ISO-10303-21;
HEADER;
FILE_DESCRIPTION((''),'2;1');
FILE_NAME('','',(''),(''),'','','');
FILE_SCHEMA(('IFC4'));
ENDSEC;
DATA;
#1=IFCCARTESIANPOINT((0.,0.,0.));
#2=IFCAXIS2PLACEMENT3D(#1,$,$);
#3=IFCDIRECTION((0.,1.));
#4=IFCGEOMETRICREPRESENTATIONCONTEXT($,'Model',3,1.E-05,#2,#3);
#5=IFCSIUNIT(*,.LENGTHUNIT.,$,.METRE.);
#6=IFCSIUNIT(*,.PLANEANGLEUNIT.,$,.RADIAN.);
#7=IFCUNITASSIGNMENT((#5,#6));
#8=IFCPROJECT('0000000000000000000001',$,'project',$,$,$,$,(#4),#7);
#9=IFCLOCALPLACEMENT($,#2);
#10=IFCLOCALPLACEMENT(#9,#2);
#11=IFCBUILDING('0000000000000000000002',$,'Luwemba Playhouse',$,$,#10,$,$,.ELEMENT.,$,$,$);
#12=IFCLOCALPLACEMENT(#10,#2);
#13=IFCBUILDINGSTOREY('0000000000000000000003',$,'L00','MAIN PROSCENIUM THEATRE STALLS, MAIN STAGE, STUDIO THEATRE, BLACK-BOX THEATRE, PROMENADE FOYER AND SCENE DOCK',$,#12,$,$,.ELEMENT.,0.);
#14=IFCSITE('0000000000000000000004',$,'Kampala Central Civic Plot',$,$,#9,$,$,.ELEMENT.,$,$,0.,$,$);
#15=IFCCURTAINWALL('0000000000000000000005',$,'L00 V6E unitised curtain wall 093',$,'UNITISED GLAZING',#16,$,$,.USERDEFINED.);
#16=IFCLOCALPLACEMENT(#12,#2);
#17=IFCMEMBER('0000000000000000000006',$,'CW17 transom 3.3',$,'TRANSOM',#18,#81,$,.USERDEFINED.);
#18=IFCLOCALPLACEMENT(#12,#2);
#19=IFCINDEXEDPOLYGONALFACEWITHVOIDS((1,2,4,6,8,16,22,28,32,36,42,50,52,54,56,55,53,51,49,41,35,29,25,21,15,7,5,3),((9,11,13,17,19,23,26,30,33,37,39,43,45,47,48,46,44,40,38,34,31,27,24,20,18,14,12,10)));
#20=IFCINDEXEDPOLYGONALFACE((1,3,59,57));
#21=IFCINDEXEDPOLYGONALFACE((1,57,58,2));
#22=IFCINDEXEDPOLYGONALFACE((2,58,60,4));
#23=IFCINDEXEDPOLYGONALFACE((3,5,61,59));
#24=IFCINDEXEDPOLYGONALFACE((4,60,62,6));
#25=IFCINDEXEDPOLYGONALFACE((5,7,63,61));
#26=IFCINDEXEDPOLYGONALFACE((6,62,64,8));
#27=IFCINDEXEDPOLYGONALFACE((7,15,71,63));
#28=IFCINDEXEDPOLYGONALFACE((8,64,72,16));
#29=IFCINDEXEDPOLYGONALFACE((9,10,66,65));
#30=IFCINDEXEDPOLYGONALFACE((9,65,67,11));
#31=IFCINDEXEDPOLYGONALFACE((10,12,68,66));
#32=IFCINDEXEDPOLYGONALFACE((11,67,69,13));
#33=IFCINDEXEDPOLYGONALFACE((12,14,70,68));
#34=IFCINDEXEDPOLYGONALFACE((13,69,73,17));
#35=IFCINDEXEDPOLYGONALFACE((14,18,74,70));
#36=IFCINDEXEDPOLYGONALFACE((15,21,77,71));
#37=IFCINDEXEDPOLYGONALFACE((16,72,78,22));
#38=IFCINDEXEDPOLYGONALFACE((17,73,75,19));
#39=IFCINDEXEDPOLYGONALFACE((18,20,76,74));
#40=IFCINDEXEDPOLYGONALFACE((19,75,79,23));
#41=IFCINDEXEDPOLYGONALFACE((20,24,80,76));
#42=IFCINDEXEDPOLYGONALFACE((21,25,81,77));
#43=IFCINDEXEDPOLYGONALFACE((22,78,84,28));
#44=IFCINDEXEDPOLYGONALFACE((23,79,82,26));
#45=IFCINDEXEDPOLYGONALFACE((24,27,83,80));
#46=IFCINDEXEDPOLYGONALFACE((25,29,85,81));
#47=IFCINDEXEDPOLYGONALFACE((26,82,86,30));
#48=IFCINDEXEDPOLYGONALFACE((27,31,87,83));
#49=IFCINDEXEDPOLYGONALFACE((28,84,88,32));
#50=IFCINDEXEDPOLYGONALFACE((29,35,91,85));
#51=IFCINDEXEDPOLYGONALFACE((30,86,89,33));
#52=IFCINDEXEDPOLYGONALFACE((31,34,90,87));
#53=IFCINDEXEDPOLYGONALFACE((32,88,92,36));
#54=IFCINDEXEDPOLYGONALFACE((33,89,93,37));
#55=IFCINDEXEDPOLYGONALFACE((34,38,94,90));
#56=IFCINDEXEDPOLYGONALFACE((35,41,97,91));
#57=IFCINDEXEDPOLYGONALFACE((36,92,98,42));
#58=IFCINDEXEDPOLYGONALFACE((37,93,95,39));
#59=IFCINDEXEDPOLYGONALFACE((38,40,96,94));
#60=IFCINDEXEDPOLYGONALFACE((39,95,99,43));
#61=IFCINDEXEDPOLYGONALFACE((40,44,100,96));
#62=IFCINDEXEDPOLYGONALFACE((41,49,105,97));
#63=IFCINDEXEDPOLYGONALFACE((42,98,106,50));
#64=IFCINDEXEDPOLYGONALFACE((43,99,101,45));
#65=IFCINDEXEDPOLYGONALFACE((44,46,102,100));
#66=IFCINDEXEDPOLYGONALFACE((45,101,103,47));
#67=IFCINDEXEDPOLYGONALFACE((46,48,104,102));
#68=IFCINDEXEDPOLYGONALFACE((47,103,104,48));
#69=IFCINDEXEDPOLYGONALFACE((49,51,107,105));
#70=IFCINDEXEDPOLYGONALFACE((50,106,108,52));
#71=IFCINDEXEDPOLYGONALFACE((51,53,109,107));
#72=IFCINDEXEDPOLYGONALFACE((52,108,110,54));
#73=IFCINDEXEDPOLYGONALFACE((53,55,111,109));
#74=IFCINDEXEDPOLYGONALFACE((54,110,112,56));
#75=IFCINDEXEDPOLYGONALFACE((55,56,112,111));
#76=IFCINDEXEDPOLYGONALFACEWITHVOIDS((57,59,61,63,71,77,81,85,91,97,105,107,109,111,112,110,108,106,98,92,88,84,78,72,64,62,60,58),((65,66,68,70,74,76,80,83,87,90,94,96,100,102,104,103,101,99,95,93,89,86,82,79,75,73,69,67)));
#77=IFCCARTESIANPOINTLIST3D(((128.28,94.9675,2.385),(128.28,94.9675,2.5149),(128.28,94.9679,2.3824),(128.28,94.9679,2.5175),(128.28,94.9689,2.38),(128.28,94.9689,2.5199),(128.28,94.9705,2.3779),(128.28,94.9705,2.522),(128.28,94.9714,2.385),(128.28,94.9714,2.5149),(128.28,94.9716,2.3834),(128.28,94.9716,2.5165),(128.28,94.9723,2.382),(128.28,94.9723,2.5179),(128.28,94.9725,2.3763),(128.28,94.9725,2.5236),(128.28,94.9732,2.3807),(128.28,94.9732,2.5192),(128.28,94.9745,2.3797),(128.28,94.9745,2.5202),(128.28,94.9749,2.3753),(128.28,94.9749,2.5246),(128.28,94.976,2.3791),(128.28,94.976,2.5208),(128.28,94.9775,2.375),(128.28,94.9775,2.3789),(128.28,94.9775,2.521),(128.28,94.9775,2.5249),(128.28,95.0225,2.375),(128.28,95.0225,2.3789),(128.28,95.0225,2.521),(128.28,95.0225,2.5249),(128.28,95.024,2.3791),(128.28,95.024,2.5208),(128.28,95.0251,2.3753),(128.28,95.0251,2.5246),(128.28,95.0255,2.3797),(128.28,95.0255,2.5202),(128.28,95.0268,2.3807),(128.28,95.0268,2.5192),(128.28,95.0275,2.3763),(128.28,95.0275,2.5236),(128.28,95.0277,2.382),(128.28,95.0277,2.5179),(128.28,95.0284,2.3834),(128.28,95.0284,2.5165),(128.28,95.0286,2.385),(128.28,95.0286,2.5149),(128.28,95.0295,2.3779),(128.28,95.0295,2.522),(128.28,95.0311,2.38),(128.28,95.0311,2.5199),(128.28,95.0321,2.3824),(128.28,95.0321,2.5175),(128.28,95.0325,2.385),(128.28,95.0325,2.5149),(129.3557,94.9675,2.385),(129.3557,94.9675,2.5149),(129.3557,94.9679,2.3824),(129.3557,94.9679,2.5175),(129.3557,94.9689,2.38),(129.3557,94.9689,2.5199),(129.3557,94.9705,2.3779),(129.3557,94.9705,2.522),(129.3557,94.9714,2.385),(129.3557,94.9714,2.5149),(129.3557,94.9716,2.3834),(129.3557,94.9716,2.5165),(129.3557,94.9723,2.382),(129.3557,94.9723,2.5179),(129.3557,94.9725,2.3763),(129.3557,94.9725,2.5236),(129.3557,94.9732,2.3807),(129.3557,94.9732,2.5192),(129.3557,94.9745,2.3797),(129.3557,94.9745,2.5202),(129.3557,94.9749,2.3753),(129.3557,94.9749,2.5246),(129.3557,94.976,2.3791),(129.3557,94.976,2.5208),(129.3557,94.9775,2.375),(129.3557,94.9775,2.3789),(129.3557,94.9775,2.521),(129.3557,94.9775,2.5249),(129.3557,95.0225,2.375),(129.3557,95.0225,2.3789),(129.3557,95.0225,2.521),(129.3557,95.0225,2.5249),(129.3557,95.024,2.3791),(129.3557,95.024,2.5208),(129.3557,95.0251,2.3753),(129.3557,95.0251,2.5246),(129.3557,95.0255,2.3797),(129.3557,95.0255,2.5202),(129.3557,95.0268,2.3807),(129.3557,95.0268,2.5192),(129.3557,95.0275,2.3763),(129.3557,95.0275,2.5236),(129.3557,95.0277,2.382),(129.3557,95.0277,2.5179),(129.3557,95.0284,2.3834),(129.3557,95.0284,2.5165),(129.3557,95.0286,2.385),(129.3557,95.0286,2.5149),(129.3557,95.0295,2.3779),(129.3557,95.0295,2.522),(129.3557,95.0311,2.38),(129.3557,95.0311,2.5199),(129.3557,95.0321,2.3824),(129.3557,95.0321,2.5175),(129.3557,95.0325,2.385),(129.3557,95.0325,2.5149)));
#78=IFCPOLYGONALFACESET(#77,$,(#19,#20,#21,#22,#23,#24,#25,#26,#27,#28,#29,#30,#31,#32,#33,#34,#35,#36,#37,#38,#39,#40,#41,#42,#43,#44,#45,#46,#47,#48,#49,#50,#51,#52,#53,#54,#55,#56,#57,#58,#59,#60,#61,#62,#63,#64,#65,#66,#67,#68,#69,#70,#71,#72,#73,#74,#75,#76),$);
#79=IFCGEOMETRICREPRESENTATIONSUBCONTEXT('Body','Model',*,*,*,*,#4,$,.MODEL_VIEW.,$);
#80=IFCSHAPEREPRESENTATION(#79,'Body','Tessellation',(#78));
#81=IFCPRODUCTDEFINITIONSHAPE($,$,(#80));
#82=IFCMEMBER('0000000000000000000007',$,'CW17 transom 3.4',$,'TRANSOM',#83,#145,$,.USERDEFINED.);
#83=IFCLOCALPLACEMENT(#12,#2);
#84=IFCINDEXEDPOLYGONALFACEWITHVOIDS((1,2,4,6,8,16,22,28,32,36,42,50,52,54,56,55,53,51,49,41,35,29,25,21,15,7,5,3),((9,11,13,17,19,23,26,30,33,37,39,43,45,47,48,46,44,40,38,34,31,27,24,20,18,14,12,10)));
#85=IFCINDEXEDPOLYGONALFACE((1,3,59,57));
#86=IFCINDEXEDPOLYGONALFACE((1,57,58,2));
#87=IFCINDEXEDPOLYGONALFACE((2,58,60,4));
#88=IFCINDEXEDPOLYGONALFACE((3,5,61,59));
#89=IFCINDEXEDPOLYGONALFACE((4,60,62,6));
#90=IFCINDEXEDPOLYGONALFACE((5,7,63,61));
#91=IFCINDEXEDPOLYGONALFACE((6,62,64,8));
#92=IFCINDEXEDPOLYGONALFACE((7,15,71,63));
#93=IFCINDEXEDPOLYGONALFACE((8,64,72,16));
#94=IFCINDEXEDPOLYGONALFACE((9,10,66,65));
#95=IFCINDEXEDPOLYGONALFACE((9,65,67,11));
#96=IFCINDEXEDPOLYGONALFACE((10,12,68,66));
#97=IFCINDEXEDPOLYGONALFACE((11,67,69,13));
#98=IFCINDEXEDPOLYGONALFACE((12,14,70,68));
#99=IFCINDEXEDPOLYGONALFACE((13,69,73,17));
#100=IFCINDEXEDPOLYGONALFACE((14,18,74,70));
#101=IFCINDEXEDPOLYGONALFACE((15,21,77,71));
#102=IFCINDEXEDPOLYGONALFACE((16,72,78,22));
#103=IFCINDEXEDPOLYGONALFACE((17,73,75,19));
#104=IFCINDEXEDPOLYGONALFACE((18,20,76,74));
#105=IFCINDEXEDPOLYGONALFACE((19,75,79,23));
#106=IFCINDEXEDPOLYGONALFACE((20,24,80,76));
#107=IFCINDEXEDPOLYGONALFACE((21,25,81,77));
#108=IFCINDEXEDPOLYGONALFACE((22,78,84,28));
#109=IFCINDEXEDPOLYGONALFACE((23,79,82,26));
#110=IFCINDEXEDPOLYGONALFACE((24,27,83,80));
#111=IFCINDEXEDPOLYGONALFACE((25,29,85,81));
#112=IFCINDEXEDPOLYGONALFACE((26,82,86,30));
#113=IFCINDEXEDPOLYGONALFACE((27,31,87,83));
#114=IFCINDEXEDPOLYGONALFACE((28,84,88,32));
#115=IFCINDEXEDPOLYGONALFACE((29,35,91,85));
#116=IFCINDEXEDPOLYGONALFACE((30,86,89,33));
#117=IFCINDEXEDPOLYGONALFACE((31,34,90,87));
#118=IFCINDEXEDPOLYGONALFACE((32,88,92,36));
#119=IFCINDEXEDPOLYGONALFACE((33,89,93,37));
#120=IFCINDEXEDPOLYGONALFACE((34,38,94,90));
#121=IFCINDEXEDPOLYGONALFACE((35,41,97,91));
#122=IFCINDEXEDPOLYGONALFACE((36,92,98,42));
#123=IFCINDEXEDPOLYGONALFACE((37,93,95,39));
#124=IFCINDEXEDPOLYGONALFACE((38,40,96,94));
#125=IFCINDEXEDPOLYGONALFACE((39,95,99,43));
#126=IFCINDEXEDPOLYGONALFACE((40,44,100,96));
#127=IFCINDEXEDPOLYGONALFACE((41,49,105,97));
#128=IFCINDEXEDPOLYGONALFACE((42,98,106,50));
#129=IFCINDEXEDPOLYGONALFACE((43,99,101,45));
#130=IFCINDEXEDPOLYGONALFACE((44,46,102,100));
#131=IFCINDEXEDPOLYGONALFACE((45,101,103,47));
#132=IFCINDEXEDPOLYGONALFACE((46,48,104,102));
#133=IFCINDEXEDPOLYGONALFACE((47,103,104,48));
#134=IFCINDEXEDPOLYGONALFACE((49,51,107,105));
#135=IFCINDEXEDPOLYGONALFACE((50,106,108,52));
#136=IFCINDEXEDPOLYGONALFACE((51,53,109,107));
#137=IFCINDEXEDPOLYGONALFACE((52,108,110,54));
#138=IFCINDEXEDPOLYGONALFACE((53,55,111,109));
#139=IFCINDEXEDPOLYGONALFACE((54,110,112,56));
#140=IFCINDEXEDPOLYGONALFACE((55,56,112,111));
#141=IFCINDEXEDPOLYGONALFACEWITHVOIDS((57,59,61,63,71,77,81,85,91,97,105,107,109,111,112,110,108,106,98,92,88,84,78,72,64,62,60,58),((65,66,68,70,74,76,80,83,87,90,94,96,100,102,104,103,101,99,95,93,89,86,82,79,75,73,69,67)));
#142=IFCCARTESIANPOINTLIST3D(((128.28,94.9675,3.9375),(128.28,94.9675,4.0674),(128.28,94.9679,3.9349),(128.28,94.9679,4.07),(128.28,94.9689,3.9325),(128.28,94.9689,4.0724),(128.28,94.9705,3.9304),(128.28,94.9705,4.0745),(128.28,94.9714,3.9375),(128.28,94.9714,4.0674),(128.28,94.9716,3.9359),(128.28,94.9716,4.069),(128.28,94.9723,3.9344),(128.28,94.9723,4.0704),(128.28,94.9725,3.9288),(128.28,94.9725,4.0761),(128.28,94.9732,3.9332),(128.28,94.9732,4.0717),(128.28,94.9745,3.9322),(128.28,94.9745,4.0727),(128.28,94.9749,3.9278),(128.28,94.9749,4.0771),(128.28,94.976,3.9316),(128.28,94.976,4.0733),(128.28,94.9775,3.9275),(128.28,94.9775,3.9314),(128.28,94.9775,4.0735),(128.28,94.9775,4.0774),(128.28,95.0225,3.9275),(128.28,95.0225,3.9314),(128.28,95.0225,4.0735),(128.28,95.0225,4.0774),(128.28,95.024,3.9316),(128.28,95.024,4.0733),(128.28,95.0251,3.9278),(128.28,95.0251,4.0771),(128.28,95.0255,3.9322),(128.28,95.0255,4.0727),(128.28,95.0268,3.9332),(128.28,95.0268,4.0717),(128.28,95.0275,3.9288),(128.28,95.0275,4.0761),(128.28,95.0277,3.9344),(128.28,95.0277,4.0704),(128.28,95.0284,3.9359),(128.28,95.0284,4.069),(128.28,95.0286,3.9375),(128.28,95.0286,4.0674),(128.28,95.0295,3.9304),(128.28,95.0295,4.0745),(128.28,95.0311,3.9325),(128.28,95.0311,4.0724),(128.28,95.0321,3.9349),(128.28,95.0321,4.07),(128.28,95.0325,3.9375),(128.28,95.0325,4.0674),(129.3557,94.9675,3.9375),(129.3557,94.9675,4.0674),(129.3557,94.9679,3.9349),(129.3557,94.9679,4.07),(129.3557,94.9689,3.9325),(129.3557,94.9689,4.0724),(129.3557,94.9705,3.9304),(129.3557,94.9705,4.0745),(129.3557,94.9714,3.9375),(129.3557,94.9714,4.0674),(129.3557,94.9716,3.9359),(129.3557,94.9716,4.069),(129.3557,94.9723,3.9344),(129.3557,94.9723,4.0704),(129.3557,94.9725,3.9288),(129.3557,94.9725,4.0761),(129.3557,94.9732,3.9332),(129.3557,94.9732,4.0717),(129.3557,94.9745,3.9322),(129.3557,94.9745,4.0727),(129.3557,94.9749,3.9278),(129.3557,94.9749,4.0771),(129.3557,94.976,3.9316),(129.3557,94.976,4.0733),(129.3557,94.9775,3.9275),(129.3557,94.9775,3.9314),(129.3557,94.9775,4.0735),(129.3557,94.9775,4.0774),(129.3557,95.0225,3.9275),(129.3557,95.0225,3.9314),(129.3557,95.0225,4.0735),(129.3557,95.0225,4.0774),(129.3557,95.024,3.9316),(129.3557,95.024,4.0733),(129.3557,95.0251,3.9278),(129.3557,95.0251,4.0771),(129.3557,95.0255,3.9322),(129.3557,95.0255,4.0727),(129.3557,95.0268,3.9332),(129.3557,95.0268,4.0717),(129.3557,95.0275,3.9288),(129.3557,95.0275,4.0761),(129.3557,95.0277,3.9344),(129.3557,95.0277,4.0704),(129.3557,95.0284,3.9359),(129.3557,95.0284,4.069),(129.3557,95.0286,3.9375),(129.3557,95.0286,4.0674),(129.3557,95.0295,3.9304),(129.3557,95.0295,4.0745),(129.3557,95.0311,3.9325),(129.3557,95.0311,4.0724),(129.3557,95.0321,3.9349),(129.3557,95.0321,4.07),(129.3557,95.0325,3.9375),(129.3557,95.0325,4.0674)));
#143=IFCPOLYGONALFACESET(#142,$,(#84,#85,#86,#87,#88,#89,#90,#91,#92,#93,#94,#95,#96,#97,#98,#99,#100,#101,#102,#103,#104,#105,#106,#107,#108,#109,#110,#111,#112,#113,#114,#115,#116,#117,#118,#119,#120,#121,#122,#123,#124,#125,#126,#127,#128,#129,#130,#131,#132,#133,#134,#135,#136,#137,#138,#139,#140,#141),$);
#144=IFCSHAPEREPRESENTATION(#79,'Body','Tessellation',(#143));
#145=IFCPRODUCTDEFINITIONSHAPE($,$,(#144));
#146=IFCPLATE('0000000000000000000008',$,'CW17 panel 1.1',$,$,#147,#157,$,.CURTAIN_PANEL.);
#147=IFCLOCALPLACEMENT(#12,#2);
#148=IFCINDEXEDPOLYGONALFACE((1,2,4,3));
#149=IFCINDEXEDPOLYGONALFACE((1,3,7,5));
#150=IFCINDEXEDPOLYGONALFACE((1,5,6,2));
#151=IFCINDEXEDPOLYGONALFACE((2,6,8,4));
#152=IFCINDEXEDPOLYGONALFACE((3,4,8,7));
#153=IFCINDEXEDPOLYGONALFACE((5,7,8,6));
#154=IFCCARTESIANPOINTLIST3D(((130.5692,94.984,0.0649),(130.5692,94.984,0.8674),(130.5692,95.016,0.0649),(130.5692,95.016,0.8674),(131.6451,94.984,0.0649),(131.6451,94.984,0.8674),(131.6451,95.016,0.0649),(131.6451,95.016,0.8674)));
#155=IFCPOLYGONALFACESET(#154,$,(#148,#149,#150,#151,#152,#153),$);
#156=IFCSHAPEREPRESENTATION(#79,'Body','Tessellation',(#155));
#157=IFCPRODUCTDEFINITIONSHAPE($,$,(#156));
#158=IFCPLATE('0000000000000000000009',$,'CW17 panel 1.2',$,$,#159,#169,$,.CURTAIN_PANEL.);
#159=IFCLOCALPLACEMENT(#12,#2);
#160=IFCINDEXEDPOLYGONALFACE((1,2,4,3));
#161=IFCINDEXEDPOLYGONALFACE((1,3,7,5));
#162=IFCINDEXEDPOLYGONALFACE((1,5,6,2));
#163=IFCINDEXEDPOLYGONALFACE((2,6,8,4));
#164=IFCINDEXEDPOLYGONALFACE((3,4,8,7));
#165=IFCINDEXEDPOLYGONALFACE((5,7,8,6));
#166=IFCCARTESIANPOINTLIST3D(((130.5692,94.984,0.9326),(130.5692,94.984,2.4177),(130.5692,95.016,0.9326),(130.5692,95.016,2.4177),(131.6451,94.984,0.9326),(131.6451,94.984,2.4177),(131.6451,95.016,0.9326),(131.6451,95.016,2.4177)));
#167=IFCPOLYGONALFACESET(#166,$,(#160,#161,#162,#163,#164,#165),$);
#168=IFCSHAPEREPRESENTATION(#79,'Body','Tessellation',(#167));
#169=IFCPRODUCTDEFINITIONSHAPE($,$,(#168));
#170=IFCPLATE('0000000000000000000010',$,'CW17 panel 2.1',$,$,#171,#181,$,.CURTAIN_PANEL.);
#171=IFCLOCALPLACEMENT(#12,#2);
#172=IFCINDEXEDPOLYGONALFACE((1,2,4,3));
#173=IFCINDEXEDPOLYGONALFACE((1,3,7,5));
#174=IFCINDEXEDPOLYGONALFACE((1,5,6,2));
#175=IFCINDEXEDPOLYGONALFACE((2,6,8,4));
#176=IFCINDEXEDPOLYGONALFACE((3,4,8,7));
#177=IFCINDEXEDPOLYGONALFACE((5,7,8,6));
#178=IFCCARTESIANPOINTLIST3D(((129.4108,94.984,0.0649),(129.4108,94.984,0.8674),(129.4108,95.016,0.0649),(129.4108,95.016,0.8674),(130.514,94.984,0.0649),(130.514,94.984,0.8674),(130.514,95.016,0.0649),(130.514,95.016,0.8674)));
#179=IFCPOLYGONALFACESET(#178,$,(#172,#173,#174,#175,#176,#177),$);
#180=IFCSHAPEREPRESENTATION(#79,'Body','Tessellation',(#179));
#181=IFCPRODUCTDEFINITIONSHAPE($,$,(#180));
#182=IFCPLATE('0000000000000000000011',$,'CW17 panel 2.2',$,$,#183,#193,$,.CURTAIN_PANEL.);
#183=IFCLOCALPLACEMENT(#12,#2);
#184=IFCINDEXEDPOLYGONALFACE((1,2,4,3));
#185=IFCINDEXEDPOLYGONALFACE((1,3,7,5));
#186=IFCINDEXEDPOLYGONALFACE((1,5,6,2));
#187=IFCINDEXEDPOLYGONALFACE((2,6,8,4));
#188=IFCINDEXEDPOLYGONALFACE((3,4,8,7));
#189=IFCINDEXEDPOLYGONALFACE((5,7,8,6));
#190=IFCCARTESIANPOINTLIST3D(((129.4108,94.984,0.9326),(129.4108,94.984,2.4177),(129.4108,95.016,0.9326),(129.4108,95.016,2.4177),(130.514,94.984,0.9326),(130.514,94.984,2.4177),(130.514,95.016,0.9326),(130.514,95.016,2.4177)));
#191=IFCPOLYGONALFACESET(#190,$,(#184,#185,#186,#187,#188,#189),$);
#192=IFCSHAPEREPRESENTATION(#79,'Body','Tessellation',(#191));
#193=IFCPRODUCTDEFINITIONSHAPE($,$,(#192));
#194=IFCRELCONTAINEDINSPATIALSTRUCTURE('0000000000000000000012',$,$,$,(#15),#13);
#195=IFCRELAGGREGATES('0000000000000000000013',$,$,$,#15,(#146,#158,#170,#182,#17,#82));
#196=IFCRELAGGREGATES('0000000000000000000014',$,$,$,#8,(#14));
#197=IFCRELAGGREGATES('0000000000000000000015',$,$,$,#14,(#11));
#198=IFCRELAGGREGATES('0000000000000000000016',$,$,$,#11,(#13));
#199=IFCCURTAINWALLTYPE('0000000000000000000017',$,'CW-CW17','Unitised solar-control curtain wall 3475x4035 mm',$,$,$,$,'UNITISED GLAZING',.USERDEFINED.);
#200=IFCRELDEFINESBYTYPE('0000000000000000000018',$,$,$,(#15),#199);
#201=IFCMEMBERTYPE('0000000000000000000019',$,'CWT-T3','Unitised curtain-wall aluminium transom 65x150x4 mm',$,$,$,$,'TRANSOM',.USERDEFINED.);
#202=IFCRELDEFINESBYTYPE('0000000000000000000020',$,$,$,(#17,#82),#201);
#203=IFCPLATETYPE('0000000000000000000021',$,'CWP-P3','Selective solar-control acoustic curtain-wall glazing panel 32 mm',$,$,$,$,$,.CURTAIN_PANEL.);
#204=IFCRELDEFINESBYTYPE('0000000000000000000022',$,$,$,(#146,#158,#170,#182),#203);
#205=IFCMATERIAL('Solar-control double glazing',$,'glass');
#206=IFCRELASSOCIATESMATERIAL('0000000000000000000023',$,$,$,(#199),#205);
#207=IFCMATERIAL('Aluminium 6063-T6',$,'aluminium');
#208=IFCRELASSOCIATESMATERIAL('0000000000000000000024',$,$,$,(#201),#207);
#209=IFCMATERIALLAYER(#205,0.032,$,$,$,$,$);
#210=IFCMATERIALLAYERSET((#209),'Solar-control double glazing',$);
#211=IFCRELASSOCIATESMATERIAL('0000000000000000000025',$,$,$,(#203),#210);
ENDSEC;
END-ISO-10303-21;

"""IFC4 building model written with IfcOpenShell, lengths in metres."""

from ifc_helpers import new_model, si_unit, direction, frame, origin, origin_2d, place, context, subcontext, project, spatial, rectangle, hollow_rectangle, extrude, material, layer, layer_set, material_profile, profile_set, type_object, element, aggregate, save


model = new_model("IFC4")

# Units and contexts
model_context = context("Model", 3, precision=1e-05, world=origin(), true_north=direction((0.0, 1.0)))
body_context = subcontext(model_context, "Body", "Model", "MODEL_VIEW")
ifc_project = project(units=[si_unit("LENGTHUNIT", "METRE"), si_unit("PLANEANGLEUNIT", "RADIAN")], contexts=[model_context])

# Site, building, storey
site_placement = place(None, origin())
site = spatial("IfcSite", under=ifc_project, at=site_placement, Name="Kampala Central Civic Plot", CompositionType="ELEMENT", RefElevation=0.0)
building_placement = place(site_placement, origin())
building = spatial("IfcBuilding", under=site, at=building_placement, Name="Luwemba Playhouse", CompositionType="ELEMENT")
storey_placement = place(building_placement, origin())
storey = spatial("IfcBuildingStorey", under=building, at=storey_placement, Name="L00", Description="MAIN PROSCENIUM THEATRE STALLS, MAIN STAGE, STUDIO THEATRE, BLACK-BOX THEATRE, PROMENADE FOYER AND SCENE DOCK", CompositionType="ELEMENT", Elevation=0.0)

# Curtain wall, members, plates
ifc_material_1 = material(Name="Solar-control double glazing", Category="glass")
curtain_wall_type = type_object("IfcCurtainWallType", Name="CW-CW17", Description="Unitised solar-control curtain wall 3475x4035 mm", ElementType="UNITISED GLAZING", PredefinedType="USERDEFINED", material=ifc_material_1)
curtain_wall_placement = place(storey_placement, origin())
curtain_wall = element("IfcCurtainWall", 1, at=curtain_wall_placement, inside=storey, type_object=curtain_wall_type, Name="L00 V6E unitised curtain wall 093", ObjectType="UNITISED GLAZING", PredefinedType="USERDEFINED")
ifc_material_2 = material(Name="Aluminium 6063-T6", Category="aluminium")
ifc_material_profile_1 = material_profile(ifc_material_2, hollow_rectangle(XDim=0.0649, YDim=0.1499, WallThickness=0.0039, InnerFilletRadius=0.0061, OuterFilletRadius=0.01, at=origin_2d()))
ifc_profile_set_1 = profile_set([ifc_material_profile_1], Name="Aluminium 6063-T6")
member_type_1 = type_object("IfcMemberType", Name="CWT-T3", Description="Unitised curtain-wall aluminium transom 65x150x4 mm", ElementType="TRANSOM", PredefinedType="USERDEFINED", material=ifc_profile_set_1)
member_1_placement = place(storey_placement, frame((129.3557, 95.0, 2.45), z_axis=(-1.0, 0.0, 0.0), x_axis=(0.0, -1.0, 0.0)))
member_1 = element("IfcMember", 2, at=member_1_placement, type_object=member_type_1, Name="CW17 transom 3.3", ObjectType="TRANSOM", PredefinedType="USERDEFINED", context=body_context, shape_type="SweptSolid", body=[
    extrude(hollow_rectangle(XDim=0.0649, YDim=0.1499, WallThickness=0.0039, InnerFilletRadius=0.0061, OuterFilletRadius=0.01, at=origin_2d()), origin(), (0.0, 0.0, 1.0), 1.0757),
])
member_2_placement = place(storey_placement, frame((129.3557, 95.0, 4.0024), z_axis=(-1.0, 0.0, 0.0), x_axis=(0.0, -1.0, 0.0)))
member_2 = element("IfcMember", 3, at=member_2_placement, type_object=member_type_1, Name="CW17 transom 3.4", ObjectType="TRANSOM", PredefinedType="USERDEFINED", context=body_context, shape_type="SweptSolid", body=[
    extrude(hollow_rectangle(XDim=0.0649, YDim=0.1499, WallThickness=0.0039, InnerFilletRadius=0.0061, OuterFilletRadius=0.01, at=origin_2d()), origin(), (0.0, 0.0, 1.0), 1.0757),
])
ifc_layer_1 = layer(ifc_material_1, 0.032)
ifc_layer_set_1 = layer_set([ifc_layer_1], Name="Solar-control double glazing")
plate_type = type_object("IfcPlateType", Name="CWP-P3", Description="Selective solar-control acoustic curtain-wall glazing panel 32 mm", PredefinedType="CURTAIN_PANEL", material=ifc_layer_set_1)
plate_1_placement = place(storey_placement, frame((131.1072, 95.0, 0.0649), z_axis=(0.0, 0.0, 1.0), x_axis=(-1.0, 0.0, 0.0)))
plate_1 = element("IfcPlate", 4, at=plate_1_placement, type_object=plate_type, Name="CW17 panel 1.1", PredefinedType="CURTAIN_PANEL", context=body_context, shape_type="SweptSolid", body=[
    extrude(rectangle(XDim=1.0759, YDim=0.032, at=origin_2d()), origin(), (0.0, 0.0, 1.0), 0.8025),
])
plate_2_placement = place(storey_placement, frame((131.1072, 95.0, 0.9326), z_axis=(0.0, 0.0, 1.0), x_axis=(-1.0, 0.0, 0.0)))
plate_2 = element("IfcPlate", 5, at=plate_2_placement, type_object=plate_type, Name="CW17 panel 1.2", PredefinedType="CURTAIN_PANEL", context=body_context, shape_type="SweptSolid", body=[
    extrude(rectangle(XDim=1.0759, YDim=0.032, at=origin_2d()), origin(), (0.0, 0.0, 1.0), 1.4851),
])
plate_3_placement = place(storey_placement, frame((129.9624, 95.0, 0.0649), z_axis=(0.0, 0.0, 1.0), x_axis=(-1.0, 0.0, 0.0)))
plate_3 = element("IfcPlate", 6, at=plate_3_placement, type_object=plate_type, Name="CW17 panel 2.1", PredefinedType="CURTAIN_PANEL", context=body_context, shape_type="SweptSolid", body=[
    extrude(rectangle(XDim=1.1033, YDim=0.032, at=origin_2d()), origin(), (0.0, 0.0, 1.0), 0.8025),
])
plate_4_placement = place(storey_placement, frame((129.9624, 95.0, 0.9326), z_axis=(0.0, 0.0, 1.0), x_axis=(-1.0, 0.0, 0.0)))
plate_4 = element("IfcPlate", 7, at=plate_4_placement, type_object=plate_type, Name="CW17 panel 2.2", PredefinedType="CURTAIN_PANEL", context=body_context, shape_type="SweptSolid", body=[
    extrude(rectangle(XDim=1.1033, YDim=0.032, at=origin_2d()), origin(), (0.0, 0.0, 1.0), 1.4851),
])
aggregate(curtain_wall, [plate_1, plate_2, plate_3, plate_4, member_1, member_2])

save(model, "model.ifc")
